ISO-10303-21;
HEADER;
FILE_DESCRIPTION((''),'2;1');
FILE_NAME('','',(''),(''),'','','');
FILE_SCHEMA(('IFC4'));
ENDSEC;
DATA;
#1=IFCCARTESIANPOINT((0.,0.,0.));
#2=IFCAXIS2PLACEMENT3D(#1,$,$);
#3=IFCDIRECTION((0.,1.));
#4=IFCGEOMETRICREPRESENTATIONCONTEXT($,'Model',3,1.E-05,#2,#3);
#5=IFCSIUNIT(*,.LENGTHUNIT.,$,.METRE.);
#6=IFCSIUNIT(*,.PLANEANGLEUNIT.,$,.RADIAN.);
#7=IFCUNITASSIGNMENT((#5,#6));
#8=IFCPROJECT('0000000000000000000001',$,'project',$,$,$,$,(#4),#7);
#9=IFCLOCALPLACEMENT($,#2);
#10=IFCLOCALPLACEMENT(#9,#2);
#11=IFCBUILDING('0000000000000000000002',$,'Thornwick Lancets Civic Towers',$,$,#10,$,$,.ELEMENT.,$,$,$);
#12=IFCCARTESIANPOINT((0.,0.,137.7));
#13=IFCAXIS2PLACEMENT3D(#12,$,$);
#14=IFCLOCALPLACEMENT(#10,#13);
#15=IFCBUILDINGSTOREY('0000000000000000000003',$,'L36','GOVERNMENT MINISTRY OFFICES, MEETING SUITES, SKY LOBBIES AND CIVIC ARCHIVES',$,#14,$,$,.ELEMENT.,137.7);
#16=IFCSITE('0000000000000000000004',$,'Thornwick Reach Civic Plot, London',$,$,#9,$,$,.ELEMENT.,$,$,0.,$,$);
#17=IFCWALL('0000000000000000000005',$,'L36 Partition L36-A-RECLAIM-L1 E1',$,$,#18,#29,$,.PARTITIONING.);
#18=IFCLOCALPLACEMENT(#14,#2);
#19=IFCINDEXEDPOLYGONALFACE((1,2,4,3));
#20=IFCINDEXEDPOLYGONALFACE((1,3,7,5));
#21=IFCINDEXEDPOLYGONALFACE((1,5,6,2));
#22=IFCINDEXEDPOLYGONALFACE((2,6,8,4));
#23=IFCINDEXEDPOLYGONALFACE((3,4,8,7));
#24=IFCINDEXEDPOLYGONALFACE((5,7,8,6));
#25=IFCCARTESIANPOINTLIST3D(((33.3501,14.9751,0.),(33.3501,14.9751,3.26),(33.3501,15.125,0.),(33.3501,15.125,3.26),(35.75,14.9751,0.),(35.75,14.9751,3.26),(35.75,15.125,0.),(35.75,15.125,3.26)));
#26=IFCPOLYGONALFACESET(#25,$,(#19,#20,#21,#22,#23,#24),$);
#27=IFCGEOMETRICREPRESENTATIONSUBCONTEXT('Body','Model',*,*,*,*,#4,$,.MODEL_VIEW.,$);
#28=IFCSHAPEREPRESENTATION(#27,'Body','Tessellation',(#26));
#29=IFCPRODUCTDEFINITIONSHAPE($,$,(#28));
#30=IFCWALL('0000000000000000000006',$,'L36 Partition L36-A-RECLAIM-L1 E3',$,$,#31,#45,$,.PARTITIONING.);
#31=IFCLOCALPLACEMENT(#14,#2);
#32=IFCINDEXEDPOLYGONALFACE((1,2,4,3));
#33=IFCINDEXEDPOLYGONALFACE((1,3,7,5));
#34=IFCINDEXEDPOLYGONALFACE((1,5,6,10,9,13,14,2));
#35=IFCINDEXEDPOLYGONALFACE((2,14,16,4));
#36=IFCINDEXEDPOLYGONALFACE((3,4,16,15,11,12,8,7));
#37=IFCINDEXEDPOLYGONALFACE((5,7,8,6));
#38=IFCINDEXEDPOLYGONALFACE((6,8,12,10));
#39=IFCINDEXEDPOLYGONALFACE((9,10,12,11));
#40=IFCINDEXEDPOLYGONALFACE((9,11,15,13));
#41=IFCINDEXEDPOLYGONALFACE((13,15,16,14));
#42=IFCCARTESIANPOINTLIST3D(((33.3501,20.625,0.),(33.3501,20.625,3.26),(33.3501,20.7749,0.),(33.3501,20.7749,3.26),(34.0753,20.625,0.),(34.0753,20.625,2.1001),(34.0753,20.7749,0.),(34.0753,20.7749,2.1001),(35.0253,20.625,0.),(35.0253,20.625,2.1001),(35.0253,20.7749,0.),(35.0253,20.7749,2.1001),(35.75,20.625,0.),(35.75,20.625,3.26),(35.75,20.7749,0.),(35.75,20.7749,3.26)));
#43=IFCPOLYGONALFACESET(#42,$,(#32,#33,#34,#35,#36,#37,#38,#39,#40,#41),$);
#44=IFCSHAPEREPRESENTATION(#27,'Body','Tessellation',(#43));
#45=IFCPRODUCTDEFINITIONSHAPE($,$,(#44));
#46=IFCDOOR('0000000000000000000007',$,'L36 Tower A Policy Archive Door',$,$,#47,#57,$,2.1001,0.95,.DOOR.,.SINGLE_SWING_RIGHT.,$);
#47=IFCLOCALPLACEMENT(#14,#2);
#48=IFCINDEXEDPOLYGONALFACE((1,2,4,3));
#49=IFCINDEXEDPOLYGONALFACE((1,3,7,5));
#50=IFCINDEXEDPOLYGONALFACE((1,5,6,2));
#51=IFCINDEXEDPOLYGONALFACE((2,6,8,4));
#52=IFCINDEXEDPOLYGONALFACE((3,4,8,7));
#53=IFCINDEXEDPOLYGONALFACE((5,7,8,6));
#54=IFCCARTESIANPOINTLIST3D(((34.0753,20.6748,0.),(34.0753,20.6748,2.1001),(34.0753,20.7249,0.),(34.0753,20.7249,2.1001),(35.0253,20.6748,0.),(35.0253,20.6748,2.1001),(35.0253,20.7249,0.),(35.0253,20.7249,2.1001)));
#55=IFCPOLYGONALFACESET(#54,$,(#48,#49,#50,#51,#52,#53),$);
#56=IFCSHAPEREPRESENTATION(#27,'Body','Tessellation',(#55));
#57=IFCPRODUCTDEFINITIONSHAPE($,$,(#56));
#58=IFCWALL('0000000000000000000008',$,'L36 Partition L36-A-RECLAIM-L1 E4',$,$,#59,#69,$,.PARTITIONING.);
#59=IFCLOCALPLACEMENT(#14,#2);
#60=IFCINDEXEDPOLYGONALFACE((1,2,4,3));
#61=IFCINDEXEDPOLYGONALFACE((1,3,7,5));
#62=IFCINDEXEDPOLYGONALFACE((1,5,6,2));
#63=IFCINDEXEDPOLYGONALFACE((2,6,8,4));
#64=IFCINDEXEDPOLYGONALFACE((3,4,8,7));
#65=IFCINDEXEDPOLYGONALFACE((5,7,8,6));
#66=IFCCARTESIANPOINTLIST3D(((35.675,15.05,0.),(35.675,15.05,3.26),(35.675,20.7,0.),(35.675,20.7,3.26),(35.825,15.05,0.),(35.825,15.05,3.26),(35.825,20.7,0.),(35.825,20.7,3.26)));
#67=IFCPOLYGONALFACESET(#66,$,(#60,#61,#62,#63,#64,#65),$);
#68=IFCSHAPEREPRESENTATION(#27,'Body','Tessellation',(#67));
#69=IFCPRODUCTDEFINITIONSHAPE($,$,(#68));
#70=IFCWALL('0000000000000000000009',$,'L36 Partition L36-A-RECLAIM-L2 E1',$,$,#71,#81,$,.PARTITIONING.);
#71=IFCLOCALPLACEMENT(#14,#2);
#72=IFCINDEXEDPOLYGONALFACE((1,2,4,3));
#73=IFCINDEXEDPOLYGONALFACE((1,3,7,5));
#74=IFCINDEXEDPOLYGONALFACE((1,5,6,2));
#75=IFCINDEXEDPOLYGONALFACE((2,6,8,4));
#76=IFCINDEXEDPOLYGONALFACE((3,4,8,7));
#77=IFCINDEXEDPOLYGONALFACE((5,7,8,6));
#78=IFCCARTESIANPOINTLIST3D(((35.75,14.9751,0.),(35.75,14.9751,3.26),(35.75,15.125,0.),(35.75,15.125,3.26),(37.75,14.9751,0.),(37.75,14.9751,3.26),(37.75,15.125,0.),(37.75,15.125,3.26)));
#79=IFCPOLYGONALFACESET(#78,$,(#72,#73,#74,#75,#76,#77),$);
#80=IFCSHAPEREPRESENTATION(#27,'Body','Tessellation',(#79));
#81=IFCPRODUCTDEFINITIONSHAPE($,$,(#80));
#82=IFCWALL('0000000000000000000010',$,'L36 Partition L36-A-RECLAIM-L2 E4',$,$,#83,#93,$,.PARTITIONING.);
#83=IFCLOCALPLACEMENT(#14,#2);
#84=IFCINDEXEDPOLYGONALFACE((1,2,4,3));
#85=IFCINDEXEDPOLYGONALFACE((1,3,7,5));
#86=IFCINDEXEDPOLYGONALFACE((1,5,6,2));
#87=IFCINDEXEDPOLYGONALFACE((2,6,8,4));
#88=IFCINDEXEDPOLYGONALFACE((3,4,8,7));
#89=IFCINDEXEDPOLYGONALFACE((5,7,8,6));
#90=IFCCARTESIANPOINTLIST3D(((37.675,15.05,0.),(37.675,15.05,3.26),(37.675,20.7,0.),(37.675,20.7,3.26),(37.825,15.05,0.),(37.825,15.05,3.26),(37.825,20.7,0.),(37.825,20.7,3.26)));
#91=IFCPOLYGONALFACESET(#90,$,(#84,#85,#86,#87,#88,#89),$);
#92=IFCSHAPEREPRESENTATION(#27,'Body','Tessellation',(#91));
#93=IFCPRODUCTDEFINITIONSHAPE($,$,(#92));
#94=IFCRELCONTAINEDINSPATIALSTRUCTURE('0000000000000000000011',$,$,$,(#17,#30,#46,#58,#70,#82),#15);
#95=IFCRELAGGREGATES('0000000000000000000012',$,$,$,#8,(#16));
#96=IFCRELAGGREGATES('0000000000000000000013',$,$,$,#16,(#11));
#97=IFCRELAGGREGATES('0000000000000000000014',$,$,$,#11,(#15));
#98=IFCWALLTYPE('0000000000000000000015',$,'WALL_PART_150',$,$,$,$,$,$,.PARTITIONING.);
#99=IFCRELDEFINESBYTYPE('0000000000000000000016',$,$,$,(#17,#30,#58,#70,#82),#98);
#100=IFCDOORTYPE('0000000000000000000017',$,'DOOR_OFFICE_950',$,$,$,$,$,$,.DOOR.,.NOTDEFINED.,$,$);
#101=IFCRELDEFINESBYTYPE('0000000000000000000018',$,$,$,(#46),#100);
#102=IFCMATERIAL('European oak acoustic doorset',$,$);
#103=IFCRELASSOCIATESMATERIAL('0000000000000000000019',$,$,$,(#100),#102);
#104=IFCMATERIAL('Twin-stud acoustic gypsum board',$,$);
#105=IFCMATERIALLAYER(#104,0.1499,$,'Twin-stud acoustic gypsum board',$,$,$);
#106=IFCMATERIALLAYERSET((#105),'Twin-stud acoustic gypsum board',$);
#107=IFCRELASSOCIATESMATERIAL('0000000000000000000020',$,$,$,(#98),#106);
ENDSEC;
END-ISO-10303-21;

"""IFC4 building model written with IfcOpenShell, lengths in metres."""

from ifc_helpers import new_model, si_unit, direction, frame, frame_2d, origin, place, context, subcontext, project, spatial, rectangle, extrude, material, layer, layer_set, type_object, element, fill, save


model = new_model("IFC4")

# Units and contexts
model_context = context("Model", 3, precision=1e-05, world=origin(), true_north=direction((0.0, 1.0)))
body_context = subcontext(model_context, "Body", "Model", "MODEL_VIEW")
ifc_project = project(units=[si_unit("LENGTHUNIT", "METRE"), si_unit("PLANEANGLEUNIT", "RADIAN")], contexts=[model_context])

# Site, building, storey
site_placement = place(None, origin())
site = spatial("IfcSite", under=ifc_project, at=site_placement, Name="Thornwick Reach Civic Plot, London", CompositionType="ELEMENT", RefElevation=0.0)
building_placement = place(site_placement, origin())
building = spatial("IfcBuilding", under=site, at=building_placement, Name="Thornwick Lancets Civic Towers", CompositionType="ELEMENT")
storey_placement = place(building_placement, frame((0.0, 0.0, 137.7)))
storey = spatial("IfcBuildingStorey", under=building, at=storey_placement, Name="L36", Description="GOVERNMENT MINISTRY OFFICES, MEETING SUITES, SKY LOBBIES AND CIVIC ARCHIVES", CompositionType="ELEMENT", Elevation=137.7)

# Shared definitions
ifc_material_1 = material(Name="European oak acoustic doorset")
door_type_1 = type_object("IfcDoorType", Name="DOOR_OFFICE_950", OperationType="NOTDEFINED", PredefinedType="DOOR", material=ifc_material_1)

# Wall
ifc_material_2 = material(Name="Twin-stud acoustic gypsum board")
ifc_layer_1 = layer(ifc_material_2, 0.1499, Name="Twin-stud acoustic gypsum board")
ifc_layer_set_1 = layer_set([ifc_layer_1], Name="Twin-stud acoustic gypsum board")
wall_type_1 = type_object("IfcWallType", Name="WALL_PART_150", PredefinedType="PARTITIONING", material=ifc_layer_set_1)
wall_1_placement = place(storey_placement, frame((35.75, 15.05, 0.0), z_axis=(0.0, 0.0, 1.0), x_axis=(-1.0, 0.0, 0.0)))
element("IfcWall", 1, at=wall_1_placement, inside=storey, type_object=wall_type_1, Name="L36 Partition L36-A-RECLAIM-L1 E1", PredefinedType="PARTITIONING", context=body_context, shape_type="SweptSolid", body=[
    extrude(rectangle(XDim=2.3999, YDim=0.1499, at=frame_2d((1.2, 0.0))), origin(), (0.0, 0.0, 1.0), 3.26),
])

# Wall, opening, door
wall_2_placement = place(storey_placement, frame((33.3501, 20.7, 0.0), z_axis=(0.0, 0.0, 1.0), x_axis=(1.0, 0.0, 0.0)))
wall_2 = element("IfcWall", 2, at=wall_2_placement, inside=storey, type_object=wall_type_1, Name="L36 Partition L36-A-RECLAIM-L1 E3", PredefinedType="PARTITIONING", context=body_context, shape_type="SweptSolid", body=[
    extrude(rectangle(XDim=2.3999, YDim=0.1499, at=frame_2d((1.2, 0.0))), origin(), (0.0, 0.0, 1.0), 3.26),
])
opening_1_placement = place(wall_2_placement, frame((0.7251, 0.0, 0.0)))
opening_1 = element("IfcOpeningElement", 3, at=opening_1_placement, cuts=wall_2, PredefinedType="OPENING", context=body_context, shape_type="SweptSolid", body=[
    extrude(rectangle(XDim=0.95, YDim=2.1001, at=frame_2d((0.4751, 1.05))), frame((0.0, 0.085, 0.0), z_axis=(0.0, -1.0, 0.0), x_axis=(1.0, 0.0, 0.0)), (0.0, 0.0, 1.0), 0.1699),
])
door_1_placement = place(opening_1_placement, origin())
door_1 = element("IfcDoor", 4, at=door_1_placement, inside=storey, type_object=door_type_1, Name="L36 Tower A Policy Archive Door", OperationType="SINGLE_SWING_RIGHT", OverallHeight=2.1001, OverallWidth=0.95, PredefinedType="DOOR", context=body_context, shape_type="SweptSolid", body=[
    extrude(rectangle(XDim=0.95, YDim=2.1001, at=frame_2d((0.4751, 1.05))), frame((0.0, 0.0249, 0.0), z_axis=(0.0, -1.0, 0.0), x_axis=(1.0, 0.0, 0.0)), (0.0, 0.0, 1.0), 0.05),
])
fill(opening_1, door_1)

# Walls
wall_3_placement = place(storey_placement, frame((35.75, 20.7, 0.0), z_axis=(0.0, 0.0, 1.0), x_axis=(0.0, -1.0, 0.0)))
element("IfcWall", 5, at=wall_3_placement, inside=storey, type_object=wall_type_1, Name="L36 Partition L36-A-RECLAIM-L1 E4", PredefinedType="PARTITIONING", context=body_context, shape_type="SweptSolid", body=[
    extrude(rectangle(XDim=5.6499, YDim=0.1499, at=frame_2d((2.825, 0.0))), origin(), (0.0, 0.0, 1.0), 3.26),
])
wall_4_placement = place(storey_placement, frame((37.75, 15.05, 0.0), z_axis=(0.0, 0.0, 1.0), x_axis=(-1.0, 0.0, 0.0)))
element("IfcWall", 6, at=wall_4_placement, inside=storey, type_object=wall_type_1, Name="L36 Partition L36-A-RECLAIM-L2 E1", PredefinedType="PARTITIONING", context=body_context, shape_type="SweptSolid", body=[
    extrude(rectangle(XDim=2.0, YDim=0.1499, at=frame_2d((1.0, 0.0))), origin(), (0.0, 0.0, 1.0), 3.26),
])

# Wall
wall_5_placement = place(storey_placement, frame((37.75, 20.7, 0.0), z_axis=(0.0, 0.0, 1.0), x_axis=(0.0, -1.0, 0.0)))
element("IfcWall", 7, at=wall_5_placement, inside=storey, type_object=wall_type_1, Name="L36 Partition L36-A-RECLAIM-L2 E4", PredefinedType="PARTITIONING", context=body_context, shape_type="SweptSolid", body=[
    extrude(rectangle(XDim=5.6499, YDim=0.1499, at=frame_2d((2.825, 0.0))), origin(), (0.0, 0.0, 1.0), 3.26),
])

save(model, "model.ifc")
